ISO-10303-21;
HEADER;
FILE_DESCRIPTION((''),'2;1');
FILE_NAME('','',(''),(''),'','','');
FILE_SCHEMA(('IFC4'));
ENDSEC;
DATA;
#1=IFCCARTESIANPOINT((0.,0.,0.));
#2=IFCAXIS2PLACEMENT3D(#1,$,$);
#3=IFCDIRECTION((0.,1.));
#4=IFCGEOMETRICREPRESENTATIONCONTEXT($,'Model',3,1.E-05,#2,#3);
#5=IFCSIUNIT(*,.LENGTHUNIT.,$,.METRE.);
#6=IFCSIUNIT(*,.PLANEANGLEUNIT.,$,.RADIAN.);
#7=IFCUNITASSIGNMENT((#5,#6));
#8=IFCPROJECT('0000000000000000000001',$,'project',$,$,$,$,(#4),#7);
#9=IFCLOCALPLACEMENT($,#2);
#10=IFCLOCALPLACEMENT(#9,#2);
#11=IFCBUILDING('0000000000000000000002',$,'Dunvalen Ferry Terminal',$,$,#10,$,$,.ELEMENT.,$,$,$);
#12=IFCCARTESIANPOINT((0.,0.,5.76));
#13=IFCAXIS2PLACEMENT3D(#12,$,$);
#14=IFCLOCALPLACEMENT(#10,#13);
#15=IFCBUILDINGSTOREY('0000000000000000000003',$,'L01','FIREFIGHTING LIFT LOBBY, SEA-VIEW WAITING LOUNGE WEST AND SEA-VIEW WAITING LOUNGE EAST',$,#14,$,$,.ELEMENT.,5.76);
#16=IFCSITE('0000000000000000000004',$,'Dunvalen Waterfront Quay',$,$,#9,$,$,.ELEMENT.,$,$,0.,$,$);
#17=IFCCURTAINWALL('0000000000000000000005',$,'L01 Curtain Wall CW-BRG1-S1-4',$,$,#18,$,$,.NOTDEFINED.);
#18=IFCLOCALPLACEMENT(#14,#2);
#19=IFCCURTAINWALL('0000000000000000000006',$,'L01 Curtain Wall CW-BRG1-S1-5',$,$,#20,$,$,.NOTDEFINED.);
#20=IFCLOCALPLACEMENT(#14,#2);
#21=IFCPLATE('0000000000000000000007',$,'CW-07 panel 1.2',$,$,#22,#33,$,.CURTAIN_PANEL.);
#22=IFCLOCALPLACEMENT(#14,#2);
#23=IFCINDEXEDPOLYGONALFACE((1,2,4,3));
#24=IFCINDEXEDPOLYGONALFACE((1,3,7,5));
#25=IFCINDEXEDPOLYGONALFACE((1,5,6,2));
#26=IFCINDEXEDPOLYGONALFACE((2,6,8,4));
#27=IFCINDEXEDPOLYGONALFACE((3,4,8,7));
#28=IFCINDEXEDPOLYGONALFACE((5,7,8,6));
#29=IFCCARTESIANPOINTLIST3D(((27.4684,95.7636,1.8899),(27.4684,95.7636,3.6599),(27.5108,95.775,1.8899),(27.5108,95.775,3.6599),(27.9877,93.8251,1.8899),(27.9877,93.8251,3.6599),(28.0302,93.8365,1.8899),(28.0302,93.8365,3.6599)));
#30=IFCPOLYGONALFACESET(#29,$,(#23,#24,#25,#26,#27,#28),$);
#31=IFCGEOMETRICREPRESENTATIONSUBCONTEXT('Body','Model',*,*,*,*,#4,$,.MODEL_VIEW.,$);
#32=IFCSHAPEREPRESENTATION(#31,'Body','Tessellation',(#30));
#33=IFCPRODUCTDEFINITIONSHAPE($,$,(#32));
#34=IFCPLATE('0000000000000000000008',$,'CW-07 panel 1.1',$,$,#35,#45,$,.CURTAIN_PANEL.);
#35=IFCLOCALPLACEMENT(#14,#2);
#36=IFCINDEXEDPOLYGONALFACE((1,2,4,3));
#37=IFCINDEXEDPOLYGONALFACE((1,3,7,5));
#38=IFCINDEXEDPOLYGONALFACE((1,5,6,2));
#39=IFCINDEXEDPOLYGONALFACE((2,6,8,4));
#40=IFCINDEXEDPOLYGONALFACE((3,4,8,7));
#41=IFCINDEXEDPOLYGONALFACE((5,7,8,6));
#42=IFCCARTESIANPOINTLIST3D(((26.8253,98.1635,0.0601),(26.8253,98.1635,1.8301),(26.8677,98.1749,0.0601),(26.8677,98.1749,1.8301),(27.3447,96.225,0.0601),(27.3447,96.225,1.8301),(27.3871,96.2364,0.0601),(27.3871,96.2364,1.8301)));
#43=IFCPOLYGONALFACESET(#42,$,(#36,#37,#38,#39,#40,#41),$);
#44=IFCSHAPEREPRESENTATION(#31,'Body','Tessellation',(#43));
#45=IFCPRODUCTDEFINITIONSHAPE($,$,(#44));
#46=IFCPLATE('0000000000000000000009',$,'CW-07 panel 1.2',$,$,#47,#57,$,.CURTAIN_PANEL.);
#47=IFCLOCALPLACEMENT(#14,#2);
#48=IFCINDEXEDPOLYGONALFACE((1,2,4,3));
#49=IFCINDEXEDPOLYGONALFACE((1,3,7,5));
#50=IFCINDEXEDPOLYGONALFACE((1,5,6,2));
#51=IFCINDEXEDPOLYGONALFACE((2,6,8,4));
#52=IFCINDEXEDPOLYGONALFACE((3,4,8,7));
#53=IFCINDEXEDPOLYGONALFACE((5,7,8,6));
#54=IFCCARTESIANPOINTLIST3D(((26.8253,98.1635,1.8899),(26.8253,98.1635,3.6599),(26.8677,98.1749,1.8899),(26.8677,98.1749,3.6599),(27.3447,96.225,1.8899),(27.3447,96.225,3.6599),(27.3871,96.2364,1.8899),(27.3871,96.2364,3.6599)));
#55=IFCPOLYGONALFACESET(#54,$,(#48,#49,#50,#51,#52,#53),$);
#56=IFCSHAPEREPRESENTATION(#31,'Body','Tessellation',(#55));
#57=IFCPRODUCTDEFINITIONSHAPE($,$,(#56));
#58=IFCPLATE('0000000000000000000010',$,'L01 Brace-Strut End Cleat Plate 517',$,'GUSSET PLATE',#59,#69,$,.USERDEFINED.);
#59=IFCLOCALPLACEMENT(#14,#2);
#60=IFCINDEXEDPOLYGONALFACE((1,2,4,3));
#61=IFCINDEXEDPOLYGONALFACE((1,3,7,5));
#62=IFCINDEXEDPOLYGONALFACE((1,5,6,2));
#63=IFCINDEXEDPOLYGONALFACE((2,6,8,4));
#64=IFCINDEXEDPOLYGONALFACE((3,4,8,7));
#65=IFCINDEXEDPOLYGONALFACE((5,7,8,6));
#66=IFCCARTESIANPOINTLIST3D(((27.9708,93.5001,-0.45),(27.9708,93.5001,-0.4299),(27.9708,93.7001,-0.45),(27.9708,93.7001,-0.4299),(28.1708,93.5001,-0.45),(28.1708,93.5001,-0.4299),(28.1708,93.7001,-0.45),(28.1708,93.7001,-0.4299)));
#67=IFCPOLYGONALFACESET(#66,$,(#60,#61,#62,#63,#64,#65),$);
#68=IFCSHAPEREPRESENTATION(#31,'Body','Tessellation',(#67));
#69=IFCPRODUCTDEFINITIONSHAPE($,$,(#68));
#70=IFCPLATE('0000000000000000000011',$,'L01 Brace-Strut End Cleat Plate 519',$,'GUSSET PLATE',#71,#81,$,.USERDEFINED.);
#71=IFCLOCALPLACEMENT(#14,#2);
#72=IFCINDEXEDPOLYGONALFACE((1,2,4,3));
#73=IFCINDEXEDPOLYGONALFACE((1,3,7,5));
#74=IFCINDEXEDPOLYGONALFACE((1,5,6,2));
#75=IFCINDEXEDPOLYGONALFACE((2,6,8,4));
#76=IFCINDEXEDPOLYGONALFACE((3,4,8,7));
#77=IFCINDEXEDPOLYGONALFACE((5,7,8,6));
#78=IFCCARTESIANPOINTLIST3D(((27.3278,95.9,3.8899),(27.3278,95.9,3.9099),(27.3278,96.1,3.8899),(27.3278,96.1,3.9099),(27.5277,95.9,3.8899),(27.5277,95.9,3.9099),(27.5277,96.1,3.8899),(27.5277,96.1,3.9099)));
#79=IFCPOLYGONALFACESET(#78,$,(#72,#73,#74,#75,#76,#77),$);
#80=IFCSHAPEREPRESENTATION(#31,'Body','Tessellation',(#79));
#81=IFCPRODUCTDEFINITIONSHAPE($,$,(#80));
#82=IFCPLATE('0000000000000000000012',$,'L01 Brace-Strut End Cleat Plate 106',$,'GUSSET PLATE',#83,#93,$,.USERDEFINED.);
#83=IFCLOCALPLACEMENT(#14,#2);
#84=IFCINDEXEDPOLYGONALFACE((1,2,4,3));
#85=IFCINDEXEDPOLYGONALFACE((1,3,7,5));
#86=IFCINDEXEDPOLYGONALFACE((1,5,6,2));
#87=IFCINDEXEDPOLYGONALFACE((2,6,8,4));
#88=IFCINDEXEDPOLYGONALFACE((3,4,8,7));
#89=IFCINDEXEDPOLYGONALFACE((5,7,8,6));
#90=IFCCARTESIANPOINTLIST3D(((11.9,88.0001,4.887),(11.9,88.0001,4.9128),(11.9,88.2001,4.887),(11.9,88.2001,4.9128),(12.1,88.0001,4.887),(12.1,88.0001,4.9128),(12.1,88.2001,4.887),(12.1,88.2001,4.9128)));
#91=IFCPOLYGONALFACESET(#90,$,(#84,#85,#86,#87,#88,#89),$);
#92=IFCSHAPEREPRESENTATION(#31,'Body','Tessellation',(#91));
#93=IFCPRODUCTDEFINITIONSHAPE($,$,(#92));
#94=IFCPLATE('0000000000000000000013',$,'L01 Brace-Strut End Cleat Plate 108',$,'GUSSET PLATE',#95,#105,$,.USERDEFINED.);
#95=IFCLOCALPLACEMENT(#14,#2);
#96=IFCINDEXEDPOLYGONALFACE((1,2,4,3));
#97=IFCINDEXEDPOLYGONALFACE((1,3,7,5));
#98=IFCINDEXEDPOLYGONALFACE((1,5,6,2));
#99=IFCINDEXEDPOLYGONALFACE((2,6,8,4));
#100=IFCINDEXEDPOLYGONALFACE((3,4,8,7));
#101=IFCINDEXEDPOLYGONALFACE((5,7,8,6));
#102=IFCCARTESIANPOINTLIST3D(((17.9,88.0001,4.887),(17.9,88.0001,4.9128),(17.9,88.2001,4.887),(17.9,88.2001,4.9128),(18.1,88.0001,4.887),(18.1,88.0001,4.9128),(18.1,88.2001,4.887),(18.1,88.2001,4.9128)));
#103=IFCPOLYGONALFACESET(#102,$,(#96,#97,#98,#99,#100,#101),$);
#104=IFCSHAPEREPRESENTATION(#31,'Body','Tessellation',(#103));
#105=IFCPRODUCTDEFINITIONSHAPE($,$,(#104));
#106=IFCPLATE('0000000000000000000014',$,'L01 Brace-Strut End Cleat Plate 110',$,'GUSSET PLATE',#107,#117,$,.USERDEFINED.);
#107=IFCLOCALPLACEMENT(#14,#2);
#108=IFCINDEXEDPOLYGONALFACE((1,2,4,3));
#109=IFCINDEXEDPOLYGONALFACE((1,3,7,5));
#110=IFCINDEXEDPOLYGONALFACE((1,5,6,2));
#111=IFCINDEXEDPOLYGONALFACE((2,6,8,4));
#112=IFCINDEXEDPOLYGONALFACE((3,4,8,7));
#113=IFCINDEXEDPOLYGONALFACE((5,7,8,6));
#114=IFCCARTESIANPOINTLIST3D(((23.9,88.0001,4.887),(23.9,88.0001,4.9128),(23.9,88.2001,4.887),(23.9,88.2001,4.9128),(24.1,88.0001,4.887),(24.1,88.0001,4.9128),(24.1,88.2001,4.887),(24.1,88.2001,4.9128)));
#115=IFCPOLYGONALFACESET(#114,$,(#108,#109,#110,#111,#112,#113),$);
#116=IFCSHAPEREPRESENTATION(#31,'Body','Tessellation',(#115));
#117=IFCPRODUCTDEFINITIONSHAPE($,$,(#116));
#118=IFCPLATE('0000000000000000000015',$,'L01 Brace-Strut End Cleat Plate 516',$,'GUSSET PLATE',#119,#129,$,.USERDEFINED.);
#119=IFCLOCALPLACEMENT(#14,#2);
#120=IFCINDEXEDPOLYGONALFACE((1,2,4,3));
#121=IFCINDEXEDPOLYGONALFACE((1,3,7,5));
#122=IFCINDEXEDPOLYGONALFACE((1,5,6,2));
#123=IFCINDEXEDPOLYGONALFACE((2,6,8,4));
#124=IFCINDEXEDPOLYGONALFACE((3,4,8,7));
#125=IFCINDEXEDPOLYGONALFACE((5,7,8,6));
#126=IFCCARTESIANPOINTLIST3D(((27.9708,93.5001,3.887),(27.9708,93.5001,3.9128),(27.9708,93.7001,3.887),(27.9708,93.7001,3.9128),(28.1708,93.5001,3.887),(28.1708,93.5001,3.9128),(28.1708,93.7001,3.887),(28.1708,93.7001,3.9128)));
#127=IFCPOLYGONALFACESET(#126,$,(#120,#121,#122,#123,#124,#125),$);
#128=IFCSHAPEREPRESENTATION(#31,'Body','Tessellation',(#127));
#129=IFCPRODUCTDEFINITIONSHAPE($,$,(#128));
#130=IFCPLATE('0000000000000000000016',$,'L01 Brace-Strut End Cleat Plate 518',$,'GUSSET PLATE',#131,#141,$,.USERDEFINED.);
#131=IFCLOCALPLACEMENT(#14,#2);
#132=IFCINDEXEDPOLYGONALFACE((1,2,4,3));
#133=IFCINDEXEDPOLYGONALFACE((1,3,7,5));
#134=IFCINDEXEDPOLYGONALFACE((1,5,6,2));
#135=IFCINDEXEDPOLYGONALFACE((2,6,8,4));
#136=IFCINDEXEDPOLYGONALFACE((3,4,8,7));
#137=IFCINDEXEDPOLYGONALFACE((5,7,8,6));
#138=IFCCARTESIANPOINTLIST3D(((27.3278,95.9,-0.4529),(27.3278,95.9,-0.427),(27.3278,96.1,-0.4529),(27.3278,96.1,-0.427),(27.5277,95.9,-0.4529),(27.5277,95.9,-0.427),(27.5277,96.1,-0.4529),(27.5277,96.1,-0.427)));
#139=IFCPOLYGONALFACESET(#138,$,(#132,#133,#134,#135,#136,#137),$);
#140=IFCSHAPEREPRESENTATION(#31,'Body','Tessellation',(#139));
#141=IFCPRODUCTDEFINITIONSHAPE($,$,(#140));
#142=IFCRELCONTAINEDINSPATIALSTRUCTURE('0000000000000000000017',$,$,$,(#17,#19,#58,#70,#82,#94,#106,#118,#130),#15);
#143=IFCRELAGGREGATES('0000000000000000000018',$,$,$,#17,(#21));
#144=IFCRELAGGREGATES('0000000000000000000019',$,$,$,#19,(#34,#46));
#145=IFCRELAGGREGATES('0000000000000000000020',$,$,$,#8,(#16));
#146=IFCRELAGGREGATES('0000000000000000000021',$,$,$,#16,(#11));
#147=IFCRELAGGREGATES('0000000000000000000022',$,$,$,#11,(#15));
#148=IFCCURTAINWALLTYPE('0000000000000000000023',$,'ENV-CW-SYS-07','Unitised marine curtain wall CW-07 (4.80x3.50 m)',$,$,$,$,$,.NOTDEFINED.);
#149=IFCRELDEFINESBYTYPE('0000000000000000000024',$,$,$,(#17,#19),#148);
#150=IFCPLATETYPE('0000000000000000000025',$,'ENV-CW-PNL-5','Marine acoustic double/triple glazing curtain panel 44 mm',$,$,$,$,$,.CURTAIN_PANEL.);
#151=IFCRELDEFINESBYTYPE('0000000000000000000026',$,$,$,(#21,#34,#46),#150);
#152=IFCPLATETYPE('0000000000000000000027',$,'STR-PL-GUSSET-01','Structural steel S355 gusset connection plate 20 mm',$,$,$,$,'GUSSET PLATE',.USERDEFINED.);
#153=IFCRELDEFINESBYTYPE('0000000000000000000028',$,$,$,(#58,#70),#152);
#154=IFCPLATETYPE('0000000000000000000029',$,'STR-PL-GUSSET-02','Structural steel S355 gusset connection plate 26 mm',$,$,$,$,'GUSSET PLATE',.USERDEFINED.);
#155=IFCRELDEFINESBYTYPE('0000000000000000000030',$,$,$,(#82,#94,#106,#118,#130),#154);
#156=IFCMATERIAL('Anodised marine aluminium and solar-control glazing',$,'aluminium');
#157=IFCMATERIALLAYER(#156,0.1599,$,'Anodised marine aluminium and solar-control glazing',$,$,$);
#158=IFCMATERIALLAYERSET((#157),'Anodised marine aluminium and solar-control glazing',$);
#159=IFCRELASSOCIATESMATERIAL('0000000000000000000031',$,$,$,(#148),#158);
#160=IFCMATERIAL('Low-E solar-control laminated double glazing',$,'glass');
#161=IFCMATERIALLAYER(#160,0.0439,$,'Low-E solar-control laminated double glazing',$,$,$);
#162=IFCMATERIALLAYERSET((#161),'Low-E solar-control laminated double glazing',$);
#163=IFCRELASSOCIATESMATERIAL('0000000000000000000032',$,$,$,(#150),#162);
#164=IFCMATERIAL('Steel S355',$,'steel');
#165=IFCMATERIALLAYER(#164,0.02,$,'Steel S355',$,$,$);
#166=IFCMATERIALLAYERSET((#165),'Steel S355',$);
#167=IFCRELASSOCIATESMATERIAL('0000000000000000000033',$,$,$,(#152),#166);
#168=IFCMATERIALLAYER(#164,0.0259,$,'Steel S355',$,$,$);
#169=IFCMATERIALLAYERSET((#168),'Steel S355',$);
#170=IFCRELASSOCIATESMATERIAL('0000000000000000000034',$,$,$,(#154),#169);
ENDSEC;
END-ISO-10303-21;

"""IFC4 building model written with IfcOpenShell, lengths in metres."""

from ifc_helpers import new_model, si_unit, direction, frame, origin, origin_2d, place, context, subcontext, project, spatial, rectangle, extrude, material, layer, layer_set, type_object, element, aggregate, save


model = new_model("IFC4")

# Units and contexts
model_context = context("Model", 3, precision=1e-05, world=origin(), true_north=direction((0.0, 1.0)))
body_context = subcontext(model_context, "Body", "Model", "MODEL_VIEW")
ifc_project = project(units=[si_unit("LENGTHUNIT", "METRE"), si_unit("PLANEANGLEUNIT", "RADIAN")], contexts=[model_context])

# Site, building, storey
site_placement = place(None, origin())
site = spatial("IfcSite", under=ifc_project, at=site_placement, Name="Dunvalen Waterfront Quay", CompositionType="ELEMENT", RefElevation=0.0)
building_placement = place(site_placement, origin())
building = spatial("IfcBuilding", under=site, at=building_placement, Name="Dunvalen Ferry Terminal", CompositionType="ELEMENT")
storey_placement = place(building_placement, frame((0.0, 0.0, 5.76)))
storey = spatial("IfcBuildingStorey", under=building, at=storey_placement, Name="L01", Description="FIREFIGHTING LIFT LOBBY, SEA-VIEW WAITING LOUNGE WEST AND SEA-VIEW WAITING LOUNGE EAST", CompositionType="ELEMENT", Elevation=5.76)

# Shared definitions
ifc_material_1 = material(Name="Steel S355", Category="steel")

# Shared definitions
ifc_material_2 = material(Name="Anodised marine aluminium and solar-control glazing", Category="aluminium")
ifc_layer_1 = layer(ifc_material_2, 0.1599, Name="Anodised marine aluminium and solar-control glazing")
ifc_layer_set_1 = layer_set([ifc_layer_1], Name="Anodised marine aluminium and solar-control glazing")
curtain_wall_type_1 = type_object("IfcCurtainWallType", Name="ENV-CW-SYS-07", Description="Unitised marine curtain wall CW-07 (4.80x3.50 m)", PredefinedType="NOTDEFINED", material=ifc_layer_set_1)

# Curtain walls
curtain_wall_1_placement = place(storey_placement, origin())
curtain_wall_1 = element("IfcCurtainWall", 1, at=curtain_wall_1_placement, inside=storey, type_object=curtain_wall_type_1, Name="L01 Curtain Wall CW-BRG1-S1-4", PredefinedType="NOTDEFINED")
curtain_wall_2_placement = place(storey_placement, origin())
curtain_wall_2 = element("IfcCurtainWall", 2, at=curtain_wall_2_placement, inside=storey, type_object=curtain_wall_type_1, Name="L01 Curtain Wall CW-BRG1-S1-5", PredefinedType="NOTDEFINED")

# Plates
ifc_material_3 = material(Name="Low-E solar-control laminated double glazing", Category="glass")
ifc_layer_2 = layer(ifc_material_3, 0.0439, Name="Low-E solar-control laminated double glazing")
ifc_layer_set_2 = layer_set([ifc_layer_2], Name="Low-E solar-control laminated double glazing")
plate_type_1 = type_object("IfcPlateType", Name="ENV-CW-PNL-5", Description="Marine acoustic double/triple glazing curtain panel 44 mm", PredefinedType="CURTAIN_PANEL", material=ifc_layer_set_2)
plate_1_placement = place(storey_placement, frame((27.7493, 94.8, 1.8899), z_axis=(0.0, 0.0, 1.0), x_axis=(-0.258786, 0.965935, 0.0)))
plate_1 = element("IfcPlate", 3, at=plate_1_placement, type_object=plate_type_1, Name="CW-07 panel 1.2", PredefinedType="CURTAIN_PANEL", context=body_context, shape_type="SweptSolid", body=[
    extrude(rectangle(XDim=2.0068, YDim=0.0439, at=origin_2d()), origin(), (0.0, 0.0, 1.0), 1.77),
])
aggregate(curtain_wall_1, [plate_1])
plate_2_placement = place(storey_placement, frame((27.1062, 97.2, 0.0601), z_axis=(0.0, 0.0, 1.0), x_axis=(-0.25883, 0.965923, 0.0)))
plate_2 = element("IfcPlate", 4, at=plate_2_placement, type_object=plate_type_1, Name="CW-07 panel 1.1", PredefinedType="CURTAIN_PANEL", context=body_context, shape_type="SweptSolid", body=[
    extrude(rectangle(XDim=2.0068, YDim=0.0439, at=origin_2d()), origin(), (0.0, 0.0, 1.0), 1.77),
])
plate_3_placement = place(storey_placement, frame((27.1062, 97.2, 1.8899), z_axis=(0.0, 0.0, 1.0), x_axis=(-0.25883, 0.965923, 0.0)))
plate_3 = element("IfcPlate", 5, at=plate_3_placement, type_object=plate_type_1, Name="CW-07 panel 1.2", PredefinedType="CURTAIN_PANEL", context=body_context, shape_type="SweptSolid", body=[
    extrude(rectangle(XDim=2.0068, YDim=0.0439, at=origin_2d()), origin(), (0.0, 0.0, 1.0), 1.77),
])
aggregate(curtain_wall_2, [plate_2, plate_3])

# Plates
ifc_layer_3 = layer(ifc_material_1, 0.02, Name="Steel S355")
ifc_layer_set_3 = layer_set([ifc_layer_3], Name="Steel S355")
plate_type_2 = type_object("IfcPlateType", Name="STR-PL-GUSSET-01", Description="Structural steel S355 gusset connection plate 20 mm", ElementType="GUSSET PLATE", PredefinedType="USERDEFINED", material=ifc_layer_set_3)
for number, where, z_axis, x_axis, name in (
    (6, (28.0708, 93.6001, -0.45), (0.0, 0.0, 1.0), (1.0, 0.0, 0.0), "L01 Brace-Strut End Cleat Plate 517"),
    (7, (27.4277, 96.0, 3.8899), (0.0, 0.0, 1.0), (1.0, 0.0, 0.0), "L01 Brace-Strut End Cleat Plate 519"),
):
    element("IfcPlate", number, at=place(storey_placement, frame(where, z_axis=z_axis, x_axis=x_axis)), inside=storey, type_object=plate_type_2, Name=name, ObjectType="GUSSET PLATE", PredefinedType="USERDEFINED", context=body_context, shape_type="SweptSolid", body=[
        extrude(rectangle(XDim=0.2, YDim=0.2, at=origin_2d()), origin(), (0.0, 0.0, 1.0), 0.02),
    ])
ifc_layer_4 = layer(ifc_material_1, 0.0259, Name="Steel S355")
ifc_layer_set_4 = layer_set([ifc_layer_4], Name="Steel S355")
plate_type_3 = type_object("IfcPlateType", Name="STR-PL-GUSSET-02", Description="Structural steel S355 gusset connection plate 26 mm", ElementType="GUSSET PLATE", PredefinedType="USERDEFINED", material=ifc_layer_set_4)
for number, where, z_axis, x_axis, name in (
    (8, (12.0, 88.1001, 4.887), (0.0, 0.0, 1.0), (1.0, 0.0, 0.0), "L01 Brace-Strut End Cleat Plate 106"),
    (9, (18.0, 88.1001, 4.887), (0.0, 0.0, 1.0), (1.0, 0.0, 0.0), "L01 Brace-Strut End Cleat Plate 108"),
    (10, (24.0, 88.1001, 4.887), (0.0, 0.0, 1.0), (1.0, 0.0, 0.0), "L01 Brace-Strut End Cleat Plate 110"),
    (11, (28.0708, 93.6001, 3.887), (0.0, 0.0, 1.0), (1.0, 0.0, 0.0), "L01 Brace-Strut End Cleat Plate 516"),
    (12, (27.4277, 96.0, -0.4529), (0.0, 0.0, 1.0), (1.0, 0.0, 0.0), "L01 Brace-Strut End Cleat Plate 518"),
):
    element("IfcPlate", number, at=place(storey_placement, frame(where, z_axis=z_axis, x_axis=x_axis)), inside=storey, type_object=plate_type_3, Name=name, ObjectType="GUSSET PLATE", PredefinedType="USERDEFINED", context=body_context, shape_type="SweptSolid", body=[
        extrude(rectangle(XDim=0.2, YDim=0.2, at=origin_2d()), origin(), (0.0, 0.0, 1.0), 0.0259),
    ])

save(model, "model.ifc")
